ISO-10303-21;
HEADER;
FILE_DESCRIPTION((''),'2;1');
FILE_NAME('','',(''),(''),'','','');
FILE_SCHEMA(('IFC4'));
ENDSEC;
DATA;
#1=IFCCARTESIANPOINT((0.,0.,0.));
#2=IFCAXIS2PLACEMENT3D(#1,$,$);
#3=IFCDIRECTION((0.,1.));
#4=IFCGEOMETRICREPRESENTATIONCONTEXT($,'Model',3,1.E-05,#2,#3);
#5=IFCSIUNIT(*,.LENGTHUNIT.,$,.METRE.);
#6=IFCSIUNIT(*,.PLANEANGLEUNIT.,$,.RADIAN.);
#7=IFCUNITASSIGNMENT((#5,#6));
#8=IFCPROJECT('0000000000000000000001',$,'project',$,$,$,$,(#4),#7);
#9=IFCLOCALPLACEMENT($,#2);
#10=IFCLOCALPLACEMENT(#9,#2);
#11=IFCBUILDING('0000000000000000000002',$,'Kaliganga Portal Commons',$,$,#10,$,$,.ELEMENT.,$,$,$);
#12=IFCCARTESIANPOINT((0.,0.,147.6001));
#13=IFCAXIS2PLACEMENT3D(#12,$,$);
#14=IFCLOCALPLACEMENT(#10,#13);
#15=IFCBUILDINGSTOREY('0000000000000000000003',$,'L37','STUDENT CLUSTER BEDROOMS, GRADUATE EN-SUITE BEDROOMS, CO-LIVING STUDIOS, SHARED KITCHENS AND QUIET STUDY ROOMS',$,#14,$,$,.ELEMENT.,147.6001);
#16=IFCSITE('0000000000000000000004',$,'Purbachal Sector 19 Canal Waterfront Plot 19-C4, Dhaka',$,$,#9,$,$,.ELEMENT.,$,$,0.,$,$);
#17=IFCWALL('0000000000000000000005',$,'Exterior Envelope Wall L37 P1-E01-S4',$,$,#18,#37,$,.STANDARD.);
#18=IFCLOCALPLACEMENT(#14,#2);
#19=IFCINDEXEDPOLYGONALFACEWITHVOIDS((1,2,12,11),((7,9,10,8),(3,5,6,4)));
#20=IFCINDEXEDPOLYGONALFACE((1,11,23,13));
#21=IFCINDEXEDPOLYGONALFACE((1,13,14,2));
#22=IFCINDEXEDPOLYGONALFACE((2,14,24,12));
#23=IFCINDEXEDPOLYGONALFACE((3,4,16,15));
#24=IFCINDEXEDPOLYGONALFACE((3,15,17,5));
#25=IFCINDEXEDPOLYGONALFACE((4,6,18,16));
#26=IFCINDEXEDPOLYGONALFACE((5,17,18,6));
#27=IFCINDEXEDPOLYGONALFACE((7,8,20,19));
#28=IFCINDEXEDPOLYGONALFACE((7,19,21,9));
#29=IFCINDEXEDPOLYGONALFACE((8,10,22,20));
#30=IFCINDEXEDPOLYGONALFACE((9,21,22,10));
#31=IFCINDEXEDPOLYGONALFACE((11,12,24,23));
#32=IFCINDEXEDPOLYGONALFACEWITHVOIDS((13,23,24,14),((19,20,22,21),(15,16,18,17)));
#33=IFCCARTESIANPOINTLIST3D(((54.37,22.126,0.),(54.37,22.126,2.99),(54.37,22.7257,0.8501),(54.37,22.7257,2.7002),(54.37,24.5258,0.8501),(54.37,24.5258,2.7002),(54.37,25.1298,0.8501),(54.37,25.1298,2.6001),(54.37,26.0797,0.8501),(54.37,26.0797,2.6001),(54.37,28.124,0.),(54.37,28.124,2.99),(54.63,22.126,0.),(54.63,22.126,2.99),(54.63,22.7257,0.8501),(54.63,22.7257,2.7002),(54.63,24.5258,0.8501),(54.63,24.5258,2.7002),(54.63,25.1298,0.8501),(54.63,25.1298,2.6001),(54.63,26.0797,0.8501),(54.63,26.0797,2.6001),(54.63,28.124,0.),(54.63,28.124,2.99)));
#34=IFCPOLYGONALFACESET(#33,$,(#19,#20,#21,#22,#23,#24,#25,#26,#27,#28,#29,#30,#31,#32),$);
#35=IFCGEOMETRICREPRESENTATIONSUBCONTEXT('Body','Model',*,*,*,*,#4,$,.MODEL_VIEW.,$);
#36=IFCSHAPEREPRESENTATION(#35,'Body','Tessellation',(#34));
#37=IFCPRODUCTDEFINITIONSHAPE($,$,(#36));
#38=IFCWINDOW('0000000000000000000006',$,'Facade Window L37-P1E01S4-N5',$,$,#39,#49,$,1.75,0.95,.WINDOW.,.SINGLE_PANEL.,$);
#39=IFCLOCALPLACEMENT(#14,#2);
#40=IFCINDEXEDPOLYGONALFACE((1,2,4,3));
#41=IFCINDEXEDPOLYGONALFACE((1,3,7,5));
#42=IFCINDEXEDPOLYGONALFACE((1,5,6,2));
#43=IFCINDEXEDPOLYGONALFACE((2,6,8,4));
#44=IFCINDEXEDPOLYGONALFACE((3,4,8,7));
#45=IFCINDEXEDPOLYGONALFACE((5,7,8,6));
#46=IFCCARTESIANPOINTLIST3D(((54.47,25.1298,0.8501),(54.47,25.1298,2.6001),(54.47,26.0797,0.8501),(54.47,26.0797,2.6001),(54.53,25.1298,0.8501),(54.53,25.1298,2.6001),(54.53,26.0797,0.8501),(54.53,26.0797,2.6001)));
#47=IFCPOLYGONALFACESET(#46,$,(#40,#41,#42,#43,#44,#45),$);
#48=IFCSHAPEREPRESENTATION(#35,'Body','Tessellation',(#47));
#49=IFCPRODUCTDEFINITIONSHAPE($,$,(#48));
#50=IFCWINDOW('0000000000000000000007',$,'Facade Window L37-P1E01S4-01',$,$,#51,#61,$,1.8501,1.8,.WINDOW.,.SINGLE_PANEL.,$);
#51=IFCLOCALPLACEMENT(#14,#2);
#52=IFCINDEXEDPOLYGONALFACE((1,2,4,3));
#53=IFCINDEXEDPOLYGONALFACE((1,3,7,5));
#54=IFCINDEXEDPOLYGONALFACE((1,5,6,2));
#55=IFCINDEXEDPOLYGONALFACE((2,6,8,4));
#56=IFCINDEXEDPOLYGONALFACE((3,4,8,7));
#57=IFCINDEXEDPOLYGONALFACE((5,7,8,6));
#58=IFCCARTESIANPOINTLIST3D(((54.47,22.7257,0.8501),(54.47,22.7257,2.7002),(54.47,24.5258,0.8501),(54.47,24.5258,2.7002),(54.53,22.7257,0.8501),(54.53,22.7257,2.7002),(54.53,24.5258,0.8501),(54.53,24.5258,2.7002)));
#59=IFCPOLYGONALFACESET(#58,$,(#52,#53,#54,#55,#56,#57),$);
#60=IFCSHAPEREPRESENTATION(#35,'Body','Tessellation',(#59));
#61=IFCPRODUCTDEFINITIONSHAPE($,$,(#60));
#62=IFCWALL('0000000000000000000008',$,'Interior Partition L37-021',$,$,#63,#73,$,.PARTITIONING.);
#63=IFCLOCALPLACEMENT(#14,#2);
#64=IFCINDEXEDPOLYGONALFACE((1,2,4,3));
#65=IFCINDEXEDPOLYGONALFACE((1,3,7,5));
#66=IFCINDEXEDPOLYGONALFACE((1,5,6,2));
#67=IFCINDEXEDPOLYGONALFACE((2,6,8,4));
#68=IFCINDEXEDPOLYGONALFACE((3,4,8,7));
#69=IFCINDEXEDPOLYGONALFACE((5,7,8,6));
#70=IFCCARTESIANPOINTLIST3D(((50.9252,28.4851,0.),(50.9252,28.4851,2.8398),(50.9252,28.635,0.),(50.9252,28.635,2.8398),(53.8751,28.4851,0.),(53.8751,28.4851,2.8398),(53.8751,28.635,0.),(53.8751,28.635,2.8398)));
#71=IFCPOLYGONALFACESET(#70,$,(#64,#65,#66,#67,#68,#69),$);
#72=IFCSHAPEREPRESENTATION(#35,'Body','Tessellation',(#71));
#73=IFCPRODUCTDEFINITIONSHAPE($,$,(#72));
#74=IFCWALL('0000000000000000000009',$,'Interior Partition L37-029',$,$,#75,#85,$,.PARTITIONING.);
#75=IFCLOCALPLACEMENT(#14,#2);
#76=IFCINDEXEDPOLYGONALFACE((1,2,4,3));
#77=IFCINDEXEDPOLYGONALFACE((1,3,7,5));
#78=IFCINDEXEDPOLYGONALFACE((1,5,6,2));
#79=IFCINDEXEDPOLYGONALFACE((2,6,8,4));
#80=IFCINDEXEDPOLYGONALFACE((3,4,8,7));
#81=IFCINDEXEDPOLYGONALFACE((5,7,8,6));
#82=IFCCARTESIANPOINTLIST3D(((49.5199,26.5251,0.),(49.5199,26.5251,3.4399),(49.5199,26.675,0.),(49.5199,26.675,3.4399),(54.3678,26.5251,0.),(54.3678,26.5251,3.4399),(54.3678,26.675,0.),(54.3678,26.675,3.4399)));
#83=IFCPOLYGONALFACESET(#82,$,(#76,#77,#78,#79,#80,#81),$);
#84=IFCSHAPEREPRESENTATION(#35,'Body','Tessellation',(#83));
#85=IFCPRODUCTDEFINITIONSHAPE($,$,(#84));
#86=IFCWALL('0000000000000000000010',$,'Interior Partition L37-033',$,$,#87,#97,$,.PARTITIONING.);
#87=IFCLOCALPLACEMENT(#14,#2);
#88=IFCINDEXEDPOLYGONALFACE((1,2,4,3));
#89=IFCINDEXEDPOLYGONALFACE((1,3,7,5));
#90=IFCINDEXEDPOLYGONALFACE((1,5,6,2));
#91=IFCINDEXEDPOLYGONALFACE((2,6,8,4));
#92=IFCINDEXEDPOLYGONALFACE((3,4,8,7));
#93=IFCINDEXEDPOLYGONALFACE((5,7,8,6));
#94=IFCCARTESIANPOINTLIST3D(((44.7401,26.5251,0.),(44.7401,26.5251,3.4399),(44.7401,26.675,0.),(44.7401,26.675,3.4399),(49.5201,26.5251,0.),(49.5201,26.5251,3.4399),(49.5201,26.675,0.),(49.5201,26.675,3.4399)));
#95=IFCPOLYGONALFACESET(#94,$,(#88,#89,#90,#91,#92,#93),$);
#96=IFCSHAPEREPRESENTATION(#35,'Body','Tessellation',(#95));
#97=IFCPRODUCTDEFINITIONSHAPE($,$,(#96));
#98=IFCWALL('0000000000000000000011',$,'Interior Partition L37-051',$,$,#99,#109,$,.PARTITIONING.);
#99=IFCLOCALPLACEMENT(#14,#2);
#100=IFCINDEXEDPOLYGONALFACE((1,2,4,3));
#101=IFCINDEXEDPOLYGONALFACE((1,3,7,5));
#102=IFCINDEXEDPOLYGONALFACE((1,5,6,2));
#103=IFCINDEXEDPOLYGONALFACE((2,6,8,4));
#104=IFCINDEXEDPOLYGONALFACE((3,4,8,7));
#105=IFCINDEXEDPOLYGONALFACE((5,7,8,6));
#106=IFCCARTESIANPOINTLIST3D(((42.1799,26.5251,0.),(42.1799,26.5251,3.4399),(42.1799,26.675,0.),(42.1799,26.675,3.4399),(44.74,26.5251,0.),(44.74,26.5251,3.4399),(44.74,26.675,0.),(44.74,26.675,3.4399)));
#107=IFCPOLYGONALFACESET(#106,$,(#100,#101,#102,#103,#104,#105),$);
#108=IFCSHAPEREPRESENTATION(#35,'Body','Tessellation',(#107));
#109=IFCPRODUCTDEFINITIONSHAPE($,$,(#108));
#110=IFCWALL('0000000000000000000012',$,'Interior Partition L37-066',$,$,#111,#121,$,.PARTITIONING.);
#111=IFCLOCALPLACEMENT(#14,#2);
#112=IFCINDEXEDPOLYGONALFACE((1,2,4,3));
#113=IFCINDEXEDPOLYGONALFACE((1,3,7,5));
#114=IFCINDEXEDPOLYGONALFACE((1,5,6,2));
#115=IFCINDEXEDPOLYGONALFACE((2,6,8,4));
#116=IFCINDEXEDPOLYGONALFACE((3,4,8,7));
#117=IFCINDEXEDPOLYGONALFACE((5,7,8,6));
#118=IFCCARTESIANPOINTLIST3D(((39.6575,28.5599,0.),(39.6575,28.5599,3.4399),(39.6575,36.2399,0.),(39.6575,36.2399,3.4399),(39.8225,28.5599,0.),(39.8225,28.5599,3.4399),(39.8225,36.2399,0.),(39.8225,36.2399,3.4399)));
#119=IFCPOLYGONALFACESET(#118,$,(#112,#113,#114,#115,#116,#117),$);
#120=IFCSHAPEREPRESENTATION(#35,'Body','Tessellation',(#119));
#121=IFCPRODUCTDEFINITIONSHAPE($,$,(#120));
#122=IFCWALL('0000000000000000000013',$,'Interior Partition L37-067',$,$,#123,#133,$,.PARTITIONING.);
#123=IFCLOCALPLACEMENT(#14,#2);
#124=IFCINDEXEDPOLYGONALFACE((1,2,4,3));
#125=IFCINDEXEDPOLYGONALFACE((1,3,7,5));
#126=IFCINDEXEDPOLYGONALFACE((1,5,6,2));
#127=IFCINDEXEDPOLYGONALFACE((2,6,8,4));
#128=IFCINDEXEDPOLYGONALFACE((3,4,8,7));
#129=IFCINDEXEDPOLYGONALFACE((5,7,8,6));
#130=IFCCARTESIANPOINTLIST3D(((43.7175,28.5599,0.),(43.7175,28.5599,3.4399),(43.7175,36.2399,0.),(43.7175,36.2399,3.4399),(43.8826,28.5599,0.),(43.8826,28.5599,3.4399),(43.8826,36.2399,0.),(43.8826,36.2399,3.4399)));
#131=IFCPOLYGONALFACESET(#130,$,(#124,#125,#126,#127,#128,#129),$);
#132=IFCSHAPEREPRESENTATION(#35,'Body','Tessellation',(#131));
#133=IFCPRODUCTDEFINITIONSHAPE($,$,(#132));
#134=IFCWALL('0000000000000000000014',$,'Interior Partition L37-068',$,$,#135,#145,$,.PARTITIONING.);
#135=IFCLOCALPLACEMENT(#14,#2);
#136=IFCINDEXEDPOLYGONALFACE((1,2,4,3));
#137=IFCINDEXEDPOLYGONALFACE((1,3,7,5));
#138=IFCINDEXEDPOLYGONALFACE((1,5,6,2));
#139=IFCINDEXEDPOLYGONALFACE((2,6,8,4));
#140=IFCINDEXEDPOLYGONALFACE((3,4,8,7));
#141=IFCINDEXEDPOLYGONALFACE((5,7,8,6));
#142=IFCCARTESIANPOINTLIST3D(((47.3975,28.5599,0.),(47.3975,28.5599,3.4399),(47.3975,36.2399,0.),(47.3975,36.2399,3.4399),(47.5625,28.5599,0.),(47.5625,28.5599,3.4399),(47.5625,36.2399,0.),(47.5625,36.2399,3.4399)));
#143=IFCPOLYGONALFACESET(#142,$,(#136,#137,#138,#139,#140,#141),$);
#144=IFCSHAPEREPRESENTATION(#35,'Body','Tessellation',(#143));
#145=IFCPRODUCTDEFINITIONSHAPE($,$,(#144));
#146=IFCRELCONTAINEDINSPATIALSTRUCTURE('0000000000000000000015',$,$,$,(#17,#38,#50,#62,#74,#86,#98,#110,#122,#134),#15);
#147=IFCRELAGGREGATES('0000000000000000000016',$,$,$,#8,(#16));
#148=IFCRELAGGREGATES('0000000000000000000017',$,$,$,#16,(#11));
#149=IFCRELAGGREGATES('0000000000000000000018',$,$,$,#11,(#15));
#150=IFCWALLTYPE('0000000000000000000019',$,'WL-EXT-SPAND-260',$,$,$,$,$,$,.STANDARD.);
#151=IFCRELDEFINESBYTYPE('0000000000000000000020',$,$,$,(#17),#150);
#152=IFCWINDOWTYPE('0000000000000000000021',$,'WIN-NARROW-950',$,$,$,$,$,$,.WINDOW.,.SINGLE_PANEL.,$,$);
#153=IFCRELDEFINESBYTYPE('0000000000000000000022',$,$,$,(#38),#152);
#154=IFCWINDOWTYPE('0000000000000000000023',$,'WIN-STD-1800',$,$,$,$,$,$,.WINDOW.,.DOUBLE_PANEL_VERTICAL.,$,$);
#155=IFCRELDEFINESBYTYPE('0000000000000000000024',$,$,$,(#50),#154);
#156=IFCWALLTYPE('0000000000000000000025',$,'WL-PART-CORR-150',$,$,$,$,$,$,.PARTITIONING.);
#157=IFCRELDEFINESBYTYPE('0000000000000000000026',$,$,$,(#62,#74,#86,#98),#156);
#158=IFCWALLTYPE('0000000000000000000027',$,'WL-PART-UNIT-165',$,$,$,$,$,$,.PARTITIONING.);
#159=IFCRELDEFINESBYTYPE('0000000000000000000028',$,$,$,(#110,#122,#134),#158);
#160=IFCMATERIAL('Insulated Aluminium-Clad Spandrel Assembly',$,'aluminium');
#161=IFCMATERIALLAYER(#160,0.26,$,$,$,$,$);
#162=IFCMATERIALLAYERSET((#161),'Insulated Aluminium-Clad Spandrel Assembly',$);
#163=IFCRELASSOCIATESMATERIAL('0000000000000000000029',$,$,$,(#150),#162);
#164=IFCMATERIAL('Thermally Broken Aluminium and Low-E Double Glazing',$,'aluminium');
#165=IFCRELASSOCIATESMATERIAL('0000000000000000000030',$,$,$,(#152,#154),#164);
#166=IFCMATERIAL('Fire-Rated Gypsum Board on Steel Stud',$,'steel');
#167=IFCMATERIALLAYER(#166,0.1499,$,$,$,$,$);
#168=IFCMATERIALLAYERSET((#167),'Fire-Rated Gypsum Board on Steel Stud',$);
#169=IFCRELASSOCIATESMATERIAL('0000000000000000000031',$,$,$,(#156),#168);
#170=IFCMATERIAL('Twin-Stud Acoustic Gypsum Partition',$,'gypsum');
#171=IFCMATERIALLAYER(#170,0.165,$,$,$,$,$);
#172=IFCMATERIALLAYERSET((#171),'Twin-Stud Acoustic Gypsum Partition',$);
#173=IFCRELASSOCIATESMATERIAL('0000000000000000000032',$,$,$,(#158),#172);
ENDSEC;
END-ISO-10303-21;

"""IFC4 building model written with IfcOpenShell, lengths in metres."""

from ifc_helpers import new_model, si_unit, direction, frame, frame_2d, origin, place, context, subcontext, project, spatial, rectangle, extrude, material, layer, layer_set, type_object, element, fill, save


model = new_model("IFC4")

# Units and contexts
model_context = context("Model", 3, precision=1e-05, world=origin(), true_north=direction((0.0, 1.0)))
body_context = subcontext(model_context, "Body", "Model", "MODEL_VIEW")
ifc_project = project(units=[si_unit("LENGTHUNIT", "METRE"), si_unit("PLANEANGLEUNIT", "RADIAN")], contexts=[model_context])

# Site, building, storey
site_placement = place(None, origin())
site = spatial("IfcSite", under=ifc_project, at=site_placement, Name="Purbachal Sector 19 Canal Waterfront Plot 19-C4, Dhaka", CompositionType="ELEMENT", RefElevation=0.0)
building_placement = place(site_placement, origin())
building = spatial("IfcBuilding", under=site, at=building_placement, Name="Kaliganga Portal Commons", CompositionType="ELEMENT")
storey_placement = place(building_placement, frame((0.0, 0.0, 147.6001)))
storey = spatial("IfcBuildingStorey", under=building, at=storey_placement, Name="L37", Description="STUDENT CLUSTER BEDROOMS, GRADUATE EN-SUITE BEDROOMS, CO-LIVING STUDIOS, SHARED KITCHENS AND QUIET STUDY ROOMS", CompositionType="ELEMENT", Elevation=147.6001)

# Wall, openings, windows
ifc_material_1 = material(Name="Insulated Aluminium-Clad Spandrel Assembly", Category="aluminium")
ifc_layer_1 = layer(ifc_material_1, 0.26)
ifc_layer_set_1 = layer_set([ifc_layer_1], Name="Insulated Aluminium-Clad Spandrel Assembly")
wall_type_1 = type_object("IfcWallType", Name="WL-EXT-SPAND-260", PredefinedType="STANDARD", material=ifc_layer_set_1)
wall_1_placement = place(storey_placement, frame((54.5, 28.124, 0.0), z_axis=(0.0, 0.0, 1.0), x_axis=(0.0, -1.0, 0.0)))
wall_1 = element("IfcWall", 1, at=wall_1_placement, inside=storey, type_object=wall_type_1, Name="Exterior Envelope Wall L37 P1-E01-S4", PredefinedType="STANDARD", context=body_context, shape_type="SweptSolid", body=[
    extrude(rectangle(XDim=5.998, YDim=0.26, at=frame_2d((2.999, 0.0))), origin(), (0.0, 0.0, 1.0), 2.99),
])
opening_1_placement = place(wall_1_placement, frame((3.5984, 0.0, 0.8501)))
opening_1 = element("IfcOpeningElement", 2, at=opening_1_placement, cuts=wall_1, PredefinedType="OPENING", context=body_context, shape_type="SweptSolid", body=[
    extrude(rectangle(XDim=1.8, YDim=1.8501, at=frame_2d((0.8999, 0.925))), frame((0.0, 0.1401, 0.0), z_axis=(0.0, -1.0, 0.0), x_axis=(1.0, 0.0, 0.0)), (0.0, 0.0, 1.0), 0.28),
])
opening_2_placement = place(wall_1_placement, frame((2.0442, 0.0, 0.8501)))
opening_2 = element("IfcOpeningElement", 3, at=opening_2_placement, cuts=wall_1, PredefinedType="OPENING", context=body_context, shape_type="SweptSolid", body=[
    extrude(rectangle(XDim=0.95, YDim=1.75, at=frame_2d((0.4751, 0.875))), frame((0.0, 0.1401, 0.0), z_axis=(0.0, -1.0, 0.0), x_axis=(1.0, 0.0, 0.0)), (0.0, 0.0, 1.0), 0.28),
])
ifc_material_2 = material(Name="Thermally Broken Aluminium and Low-E Double Glazing", Category="aluminium")
window_type_1 = type_object("IfcWindowType", Name="WIN-NARROW-950", PartitioningType="SINGLE_PANEL", PredefinedType="WINDOW", material=ifc_material_2)
window_1_placement = place(opening_2_placement, origin())
window_1 = element("IfcWindow", 4, at=window_1_placement, inside=storey, type_object=window_type_1, Name="Facade Window L37-P1E01S4-N5", OverallHeight=1.75, OverallWidth=0.95, PartitioningType="SINGLE_PANEL", PredefinedType="WINDOW", context=body_context, shape_type="SweptSolid", body=[
    extrude(rectangle(XDim=0.95, YDim=1.75, at=frame_2d((0.4751, 0.875))), frame((0.0, 0.03, 0.0), z_axis=(0.0, -1.0, 0.0), x_axis=(1.0, 0.0, 0.0)), (0.0, 0.0, 1.0), 0.0601),
])
fill(opening_2, window_1)
window_type_2 = type_object("IfcWindowType", Name="WIN-STD-1800", PartitioningType="DOUBLE_PANEL_VERTICAL", PredefinedType="WINDOW", material=ifc_material_2)
window_2_placement = place(opening_1_placement, origin())
window_2 = element("IfcWindow", 5, at=window_2_placement, inside=storey, type_object=window_type_2, Name="Facade Window L37-P1E01S4-01", OverallHeight=1.8501, OverallWidth=1.8, PartitioningType="SINGLE_PANEL", PredefinedType="WINDOW", context=body_context, shape_type="SweptSolid", body=[
    extrude(rectangle(XDim=1.8, YDim=1.8501, at=frame_2d((0.8999, 0.925))), frame((0.0, 0.03, 0.0), z_axis=(0.0, -1.0, 0.0), x_axis=(1.0, 0.0, 0.0)), (0.0, 0.0, 1.0), 0.0601),
])
fill(opening_1, window_2)

# Shared definitions
ifc_material_3 = material(Name="Fire-Rated Gypsum Board on Steel Stud", Category="steel")
ifc_layer_2 = layer(ifc_material_3, 0.1499)
ifc_layer_set_2 = layer_set([ifc_layer_2], Name="Fire-Rated Gypsum Board on Steel Stud")
wall_type_2 = type_object("IfcWallType", Name="WL-PART-CORR-150", PredefinedType="PARTITIONING", material=ifc_layer_set_2)

# Walls
wall_2_placement = place(storey_placement, frame((50.925, 28.5601, 0.0), z_axis=(0.0, 0.0, 1.0), x_axis=(1.0, 0.0, 0.0)))
element("IfcWall", 6, at=wall_2_placement, inside=storey, type_object=wall_type_2, Name="Interior Partition L37-021", PredefinedType="PARTITIONING", context=body_context, shape_type="SweptSolid", body=[
    extrude(rectangle(XDim=2.95, YDim=0.1499, at=frame_2d((1.4751, 0.0))), origin(), (0.0, 0.0, 1.0), 2.8398),
])
wall_3_placement = place(storey_placement, frame((49.52, 26.6001, 0.0), z_axis=(0.0, 0.0, 1.0), x_axis=(1.0, 0.0, 0.0)))
element("IfcWall", 7, at=wall_3_placement, inside=storey, type_object=wall_type_2, Name="Interior Partition L37-029", PredefinedType="PARTITIONING", context=body_context, shape_type="SweptSolid", body=[
    extrude(rectangle(XDim=4.8479, YDim=0.1499, at=frame_2d((2.4238, 0.0))), origin(), (0.0, 0.0, 1.0), 3.4399),
])
wall_4_placement = place(storey_placement, frame((44.74, 26.6001, 0.0), z_axis=(0.0, 0.0, 1.0), x_axis=(1.0, 0.0, 0.0)))
element("IfcWall", 8, at=wall_4_placement, inside=storey, type_object=wall_type_2, Name="Interior Partition L37-033", PredefinedType="PARTITIONING", context=body_context, shape_type="SweptSolid", body=[
    extrude(rectangle(XDim=4.78, YDim=0.1499, at=frame_2d((2.3901, 0.0))), origin(), (0.0, 0.0, 1.0), 3.4399),
])

# Walls
wall_5_placement = place(storey_placement, frame((42.1799, 26.6001, 0.0), z_axis=(0.0, 0.0, 1.0), x_axis=(1.0, 0.0, 0.0)))
element("IfcWall", 9, at=wall_5_placement, inside=storey, type_object=wall_type_2, Name="Interior Partition L37-051", PredefinedType="PARTITIONING", context=body_context, shape_type="SweptSolid", body=[
    extrude(rectangle(XDim=2.5601, YDim=0.1499, at=frame_2d((1.28, 0.0))), origin(), (0.0, 0.0, 1.0), 3.4399),
])
ifc_material_4 = material(Name="Twin-Stud Acoustic Gypsum Partition", Category="gypsum")
ifc_layer_3 = layer(ifc_material_4, 0.165)
ifc_layer_set_3 = layer_set([ifc_layer_3], Name="Twin-Stud Acoustic Gypsum Partition")
wall_type_3 = type_object("IfcWallType", Name="WL-PART-UNIT-165", PredefinedType="PARTITIONING", material=ifc_layer_set_3)
for number, where, z_axis, x_axis, name in (
    (10, (39.74, 28.5601, 0.0), (0.0, 0.0, 1.0), (0.0, 1.0, 0.0), "Interior Partition L37-066"),
    (11, (43.8, 28.5601, 0.0), (0.0, 0.0, 1.0), (0.0, 1.0, 0.0), "Interior Partition L37-067"),
    (12, (47.48, 28.5601, 0.0), (0.0, 0.0, 1.0), (0.0, 1.0, 0.0), "Interior Partition L37-068"),
):
    element("IfcWall", number, at=place(storey_placement, frame(where, z_axis=z_axis, x_axis=x_axis)), inside=storey, type_object=wall_type_3, Name=name, PredefinedType="PARTITIONING", context=body_context, shape_type="SweptSolid", body=[
        extrude(rectangle(XDim=7.6799, YDim=0.165, at=frame_2d((3.8398, 0.0))), origin(), (0.0, 0.0, 1.0), 3.4399),
    ])

save(model, "model.ifc")
